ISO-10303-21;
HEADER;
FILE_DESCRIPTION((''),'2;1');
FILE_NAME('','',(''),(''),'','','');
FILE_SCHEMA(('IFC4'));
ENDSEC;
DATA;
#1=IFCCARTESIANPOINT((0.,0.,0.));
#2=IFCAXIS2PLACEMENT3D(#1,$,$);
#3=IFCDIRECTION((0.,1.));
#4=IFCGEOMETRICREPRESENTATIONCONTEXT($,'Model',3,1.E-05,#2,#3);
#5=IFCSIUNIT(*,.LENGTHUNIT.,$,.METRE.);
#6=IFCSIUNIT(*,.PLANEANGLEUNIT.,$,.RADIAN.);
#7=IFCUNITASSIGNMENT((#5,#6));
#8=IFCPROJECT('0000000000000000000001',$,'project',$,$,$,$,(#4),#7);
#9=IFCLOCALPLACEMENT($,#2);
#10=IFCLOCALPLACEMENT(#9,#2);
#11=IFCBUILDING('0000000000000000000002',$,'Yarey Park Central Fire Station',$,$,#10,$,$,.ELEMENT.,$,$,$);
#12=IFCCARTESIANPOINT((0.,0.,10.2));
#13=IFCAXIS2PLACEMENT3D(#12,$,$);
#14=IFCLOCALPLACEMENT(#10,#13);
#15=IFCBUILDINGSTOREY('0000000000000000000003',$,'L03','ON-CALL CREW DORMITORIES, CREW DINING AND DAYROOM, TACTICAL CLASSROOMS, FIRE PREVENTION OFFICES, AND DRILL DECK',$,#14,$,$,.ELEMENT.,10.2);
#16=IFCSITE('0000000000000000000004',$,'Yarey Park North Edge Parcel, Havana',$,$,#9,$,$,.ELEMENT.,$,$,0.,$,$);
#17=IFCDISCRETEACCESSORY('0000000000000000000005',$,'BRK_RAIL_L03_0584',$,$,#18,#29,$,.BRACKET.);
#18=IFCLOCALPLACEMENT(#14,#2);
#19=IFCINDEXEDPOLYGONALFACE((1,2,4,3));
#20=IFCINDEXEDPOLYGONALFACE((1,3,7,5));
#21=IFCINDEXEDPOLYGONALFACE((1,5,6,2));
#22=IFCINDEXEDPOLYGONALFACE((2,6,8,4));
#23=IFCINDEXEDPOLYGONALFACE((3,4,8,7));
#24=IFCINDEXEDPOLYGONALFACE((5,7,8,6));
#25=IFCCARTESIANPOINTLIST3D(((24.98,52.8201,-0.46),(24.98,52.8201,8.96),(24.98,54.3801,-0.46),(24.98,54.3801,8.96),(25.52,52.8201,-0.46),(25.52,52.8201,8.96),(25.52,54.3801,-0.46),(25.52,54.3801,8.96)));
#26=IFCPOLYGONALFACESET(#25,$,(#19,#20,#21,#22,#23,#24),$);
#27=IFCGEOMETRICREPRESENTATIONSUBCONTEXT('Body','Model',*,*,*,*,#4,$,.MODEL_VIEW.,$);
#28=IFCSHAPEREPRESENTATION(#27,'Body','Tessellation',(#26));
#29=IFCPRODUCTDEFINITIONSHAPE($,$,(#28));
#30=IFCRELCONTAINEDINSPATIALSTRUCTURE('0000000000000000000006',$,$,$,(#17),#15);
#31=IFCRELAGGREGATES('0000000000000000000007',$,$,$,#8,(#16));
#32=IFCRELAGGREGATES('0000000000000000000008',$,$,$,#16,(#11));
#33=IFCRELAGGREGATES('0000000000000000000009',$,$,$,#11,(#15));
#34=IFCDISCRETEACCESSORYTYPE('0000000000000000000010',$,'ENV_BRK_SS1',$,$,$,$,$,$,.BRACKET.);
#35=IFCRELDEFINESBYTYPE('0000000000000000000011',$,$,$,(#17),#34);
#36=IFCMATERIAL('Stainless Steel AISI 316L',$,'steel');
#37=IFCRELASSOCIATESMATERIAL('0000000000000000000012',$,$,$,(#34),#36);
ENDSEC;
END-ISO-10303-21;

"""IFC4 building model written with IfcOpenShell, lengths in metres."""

from ifc_helpers import new_model, si_unit, direction, frame, origin, origin_2d, place, context, subcontext, project, spatial, rectangle, extrude, material, type_object, element, save


model = new_model("IFC4")

# Units and contexts
model_context = context("Model", 3, precision=1e-05, world=origin(), true_north=direction((0.0, 1.0)))
body_context = subcontext(model_context, "Body", "Model", "MODEL_VIEW")
ifc_project = project(units=[si_unit("LENGTHUNIT", "METRE"), si_unit("PLANEANGLEUNIT", "RADIAN")], contexts=[model_context])

# Site, building, storey
site_placement = place(None, origin())
site = spatial("IfcSite", under=ifc_project, at=site_placement, Name="Yarey Park North Edge Parcel, Havana", CompositionType="ELEMENT", RefElevation=0.0)
building_placement = place(site_placement, origin())
building = spatial("IfcBuilding", under=site, at=building_placement, Name="Yarey Park Central Fire Station", CompositionType="ELEMENT")
storey_placement = place(building_placement, frame((0.0, 0.0, 10.2)))
storey = spatial("IfcBuildingStorey", under=building, at=storey_placement, Name="L03", Description="ON-CALL CREW DORMITORIES, CREW DINING AND DAYROOM, TACTICAL CLASSROOMS, FIRE PREVENTION OFFICES, AND DRILL DECK", CompositionType="ELEMENT", Elevation=10.2)

# Discrete accessory
ifc_material_1 = material(Name="Stainless Steel AISI 316L", Category="steel")
discrete_accessory_type = type_object("IfcDiscreteAccessoryType", Name="ENV_BRK_SS1", PredefinedType="BRACKET", material=ifc_material_1)
discrete_accessory_1_placement = place(storey_placement, frame((25.25, 53.6001, -0.46), z_axis=(0.0, 0.0, 1.0), x_axis=(1.0, 0.0, 0.0)))
element("IfcDiscreteAccessory", 1, at=discrete_accessory_1_placement, inside=storey, type_object=discrete_accessory_type, Name="BRK_RAIL_L03_0584", PredefinedType="BRACKET", context=body_context, shape_type="SweptSolid", body=[
    extrude(rectangle(XDim=0.54, YDim=1.5601, at=origin_2d()), origin(), (0.0, 0.0, 1.0), 9.4199),
])

save(model, "model.ifc")
